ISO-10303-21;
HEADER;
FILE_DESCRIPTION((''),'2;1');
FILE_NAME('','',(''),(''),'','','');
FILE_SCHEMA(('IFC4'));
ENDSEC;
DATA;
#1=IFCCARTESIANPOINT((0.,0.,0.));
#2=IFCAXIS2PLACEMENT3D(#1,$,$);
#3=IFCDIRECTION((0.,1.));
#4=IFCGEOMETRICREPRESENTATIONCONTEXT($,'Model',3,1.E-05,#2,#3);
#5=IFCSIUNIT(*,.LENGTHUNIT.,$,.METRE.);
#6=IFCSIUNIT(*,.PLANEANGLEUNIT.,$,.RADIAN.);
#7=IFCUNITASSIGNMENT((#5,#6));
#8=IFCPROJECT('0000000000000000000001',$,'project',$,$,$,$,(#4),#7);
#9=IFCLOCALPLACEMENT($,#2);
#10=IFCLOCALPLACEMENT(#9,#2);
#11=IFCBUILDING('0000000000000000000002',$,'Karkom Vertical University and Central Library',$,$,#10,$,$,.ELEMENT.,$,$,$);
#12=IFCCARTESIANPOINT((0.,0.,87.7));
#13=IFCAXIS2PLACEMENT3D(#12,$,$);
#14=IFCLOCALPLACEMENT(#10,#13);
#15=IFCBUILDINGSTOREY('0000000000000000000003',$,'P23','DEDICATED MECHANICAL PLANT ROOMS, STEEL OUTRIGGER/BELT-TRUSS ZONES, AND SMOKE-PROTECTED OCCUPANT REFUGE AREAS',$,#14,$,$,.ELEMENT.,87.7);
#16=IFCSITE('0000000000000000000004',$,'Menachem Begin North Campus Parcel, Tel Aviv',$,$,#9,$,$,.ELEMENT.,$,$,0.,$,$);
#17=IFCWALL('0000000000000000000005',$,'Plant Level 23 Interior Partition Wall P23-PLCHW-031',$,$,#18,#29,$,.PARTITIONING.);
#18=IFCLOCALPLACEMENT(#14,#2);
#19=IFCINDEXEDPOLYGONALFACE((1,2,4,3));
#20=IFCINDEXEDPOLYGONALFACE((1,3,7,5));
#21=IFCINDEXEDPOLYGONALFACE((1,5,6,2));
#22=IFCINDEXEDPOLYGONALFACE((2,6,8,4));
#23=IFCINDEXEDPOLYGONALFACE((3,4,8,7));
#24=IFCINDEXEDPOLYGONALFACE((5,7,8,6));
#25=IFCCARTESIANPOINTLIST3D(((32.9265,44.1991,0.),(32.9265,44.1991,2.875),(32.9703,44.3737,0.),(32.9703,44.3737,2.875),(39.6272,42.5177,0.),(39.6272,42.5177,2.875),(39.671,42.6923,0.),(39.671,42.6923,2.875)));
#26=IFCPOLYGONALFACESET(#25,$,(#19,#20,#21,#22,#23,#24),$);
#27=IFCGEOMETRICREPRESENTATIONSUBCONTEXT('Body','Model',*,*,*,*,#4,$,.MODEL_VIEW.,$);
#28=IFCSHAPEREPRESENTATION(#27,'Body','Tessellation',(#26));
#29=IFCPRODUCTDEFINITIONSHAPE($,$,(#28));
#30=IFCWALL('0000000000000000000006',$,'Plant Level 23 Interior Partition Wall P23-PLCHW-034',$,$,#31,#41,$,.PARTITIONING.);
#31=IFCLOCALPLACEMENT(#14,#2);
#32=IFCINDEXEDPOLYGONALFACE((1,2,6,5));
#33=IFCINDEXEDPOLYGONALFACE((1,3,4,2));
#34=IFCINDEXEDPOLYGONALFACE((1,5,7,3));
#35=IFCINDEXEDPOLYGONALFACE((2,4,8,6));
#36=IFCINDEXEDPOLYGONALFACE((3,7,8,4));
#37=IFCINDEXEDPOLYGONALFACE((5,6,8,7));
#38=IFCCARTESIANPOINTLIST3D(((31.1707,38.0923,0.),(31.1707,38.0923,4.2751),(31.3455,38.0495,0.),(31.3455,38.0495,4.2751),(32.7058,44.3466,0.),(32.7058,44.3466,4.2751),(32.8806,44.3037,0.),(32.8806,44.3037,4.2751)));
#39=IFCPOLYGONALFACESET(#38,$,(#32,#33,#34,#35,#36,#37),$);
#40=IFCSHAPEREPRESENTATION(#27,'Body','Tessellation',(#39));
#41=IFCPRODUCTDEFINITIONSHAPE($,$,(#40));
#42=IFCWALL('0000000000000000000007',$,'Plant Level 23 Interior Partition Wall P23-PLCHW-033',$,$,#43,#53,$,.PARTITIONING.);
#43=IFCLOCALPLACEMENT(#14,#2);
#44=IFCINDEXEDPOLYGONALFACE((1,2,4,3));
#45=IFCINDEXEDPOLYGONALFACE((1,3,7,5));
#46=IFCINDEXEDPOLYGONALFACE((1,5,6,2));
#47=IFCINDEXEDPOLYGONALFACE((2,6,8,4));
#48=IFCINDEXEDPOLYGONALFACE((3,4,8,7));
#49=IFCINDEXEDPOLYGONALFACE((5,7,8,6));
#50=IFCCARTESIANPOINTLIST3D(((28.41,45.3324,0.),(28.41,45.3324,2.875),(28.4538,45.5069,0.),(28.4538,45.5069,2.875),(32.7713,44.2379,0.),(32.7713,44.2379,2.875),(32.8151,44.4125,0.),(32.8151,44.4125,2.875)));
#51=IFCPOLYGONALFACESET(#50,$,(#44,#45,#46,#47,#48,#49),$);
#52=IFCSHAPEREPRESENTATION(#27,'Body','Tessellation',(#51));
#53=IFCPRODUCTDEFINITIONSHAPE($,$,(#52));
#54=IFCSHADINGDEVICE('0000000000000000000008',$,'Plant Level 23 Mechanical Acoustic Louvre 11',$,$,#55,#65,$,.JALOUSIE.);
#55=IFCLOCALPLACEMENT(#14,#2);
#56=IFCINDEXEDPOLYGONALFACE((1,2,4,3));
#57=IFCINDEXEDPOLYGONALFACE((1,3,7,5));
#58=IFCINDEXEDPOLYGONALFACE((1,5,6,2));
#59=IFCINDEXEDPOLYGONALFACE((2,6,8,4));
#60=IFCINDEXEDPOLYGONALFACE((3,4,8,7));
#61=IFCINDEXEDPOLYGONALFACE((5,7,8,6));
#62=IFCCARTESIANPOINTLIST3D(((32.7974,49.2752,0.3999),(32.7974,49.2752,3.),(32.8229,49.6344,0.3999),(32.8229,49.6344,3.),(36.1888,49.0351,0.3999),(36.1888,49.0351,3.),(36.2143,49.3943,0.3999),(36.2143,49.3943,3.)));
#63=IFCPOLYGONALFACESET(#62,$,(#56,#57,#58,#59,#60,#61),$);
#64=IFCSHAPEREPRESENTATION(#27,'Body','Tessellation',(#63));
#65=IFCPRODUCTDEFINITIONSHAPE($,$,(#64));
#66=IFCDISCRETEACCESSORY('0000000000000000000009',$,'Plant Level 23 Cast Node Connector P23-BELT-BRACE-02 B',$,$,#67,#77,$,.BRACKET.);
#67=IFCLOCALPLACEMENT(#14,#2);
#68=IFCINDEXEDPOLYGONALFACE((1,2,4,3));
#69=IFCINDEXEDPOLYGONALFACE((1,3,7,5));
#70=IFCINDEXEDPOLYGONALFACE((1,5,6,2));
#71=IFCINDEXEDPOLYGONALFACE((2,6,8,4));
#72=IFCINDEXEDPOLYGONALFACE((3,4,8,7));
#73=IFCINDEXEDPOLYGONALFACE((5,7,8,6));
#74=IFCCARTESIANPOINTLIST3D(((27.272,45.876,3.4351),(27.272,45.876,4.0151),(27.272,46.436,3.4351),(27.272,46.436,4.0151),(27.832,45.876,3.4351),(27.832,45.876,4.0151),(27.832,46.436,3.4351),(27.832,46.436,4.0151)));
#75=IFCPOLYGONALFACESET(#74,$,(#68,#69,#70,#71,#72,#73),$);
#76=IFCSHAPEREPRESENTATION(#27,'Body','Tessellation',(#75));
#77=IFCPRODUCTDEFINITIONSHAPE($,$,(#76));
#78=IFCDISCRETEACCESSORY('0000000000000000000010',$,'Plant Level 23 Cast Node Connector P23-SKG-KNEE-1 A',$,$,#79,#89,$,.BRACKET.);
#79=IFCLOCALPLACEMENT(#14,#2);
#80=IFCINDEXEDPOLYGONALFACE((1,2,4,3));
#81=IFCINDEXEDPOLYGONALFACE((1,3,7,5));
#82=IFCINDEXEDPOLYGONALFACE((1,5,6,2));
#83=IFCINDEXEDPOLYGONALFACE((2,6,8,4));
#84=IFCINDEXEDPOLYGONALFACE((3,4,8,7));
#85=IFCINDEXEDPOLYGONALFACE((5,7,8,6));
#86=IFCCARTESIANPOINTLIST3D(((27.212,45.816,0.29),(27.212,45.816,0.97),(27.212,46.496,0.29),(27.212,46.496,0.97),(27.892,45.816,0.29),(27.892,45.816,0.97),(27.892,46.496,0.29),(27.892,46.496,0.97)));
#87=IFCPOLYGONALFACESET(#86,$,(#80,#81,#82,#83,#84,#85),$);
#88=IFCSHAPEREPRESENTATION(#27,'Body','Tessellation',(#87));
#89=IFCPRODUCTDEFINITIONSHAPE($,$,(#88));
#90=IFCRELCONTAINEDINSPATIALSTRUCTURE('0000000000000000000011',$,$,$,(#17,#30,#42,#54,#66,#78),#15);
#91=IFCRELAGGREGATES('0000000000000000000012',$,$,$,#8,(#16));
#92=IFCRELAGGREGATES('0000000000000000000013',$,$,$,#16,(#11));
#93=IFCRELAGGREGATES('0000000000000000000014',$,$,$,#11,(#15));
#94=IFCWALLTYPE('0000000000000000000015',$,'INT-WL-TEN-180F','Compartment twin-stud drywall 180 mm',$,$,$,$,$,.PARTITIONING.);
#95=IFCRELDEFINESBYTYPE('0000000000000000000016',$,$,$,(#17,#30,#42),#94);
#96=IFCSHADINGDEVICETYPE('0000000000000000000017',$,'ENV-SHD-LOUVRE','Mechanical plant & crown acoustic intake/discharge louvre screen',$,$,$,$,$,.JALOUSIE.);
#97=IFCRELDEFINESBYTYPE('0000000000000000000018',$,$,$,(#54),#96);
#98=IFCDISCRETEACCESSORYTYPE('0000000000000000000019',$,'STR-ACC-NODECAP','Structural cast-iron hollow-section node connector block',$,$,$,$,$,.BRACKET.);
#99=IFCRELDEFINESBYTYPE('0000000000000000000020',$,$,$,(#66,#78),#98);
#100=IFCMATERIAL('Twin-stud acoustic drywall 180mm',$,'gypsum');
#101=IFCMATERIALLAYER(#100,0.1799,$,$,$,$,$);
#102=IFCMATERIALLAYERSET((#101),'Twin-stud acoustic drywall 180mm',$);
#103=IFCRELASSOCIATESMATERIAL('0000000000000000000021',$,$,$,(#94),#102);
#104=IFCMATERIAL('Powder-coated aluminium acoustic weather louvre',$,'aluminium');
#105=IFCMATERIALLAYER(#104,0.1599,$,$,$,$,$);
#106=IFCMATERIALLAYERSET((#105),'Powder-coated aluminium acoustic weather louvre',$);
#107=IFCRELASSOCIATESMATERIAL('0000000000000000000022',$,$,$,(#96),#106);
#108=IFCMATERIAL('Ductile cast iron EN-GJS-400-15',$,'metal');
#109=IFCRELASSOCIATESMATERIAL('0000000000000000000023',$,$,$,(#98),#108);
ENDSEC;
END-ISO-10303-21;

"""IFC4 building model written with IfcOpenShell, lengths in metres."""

from ifc_helpers import new_model, si_unit, direction, frame, frame_2d, origin, origin_with_axes, origin_2d, place, context, subcontext, project, spatial, rectangle, extrude, source, transform, mapped, material, layer, layer_set, type_object, element, save


model = new_model("IFC4")

# Units and contexts
model_context = context("Model", 3, precision=1e-05, world=origin(), true_north=direction((0.0, 1.0)))
body_context = subcontext(model_context, "Body", "Model", "MODEL_VIEW")
ifc_project = project(units=[si_unit("LENGTHUNIT", "METRE"), si_unit("PLANEANGLEUNIT", "RADIAN")], contexts=[model_context])

# Site, building, storey
site_placement = place(None, origin())
site = spatial("IfcSite", under=ifc_project, at=site_placement, Name="Menachem Begin North Campus Parcel, Tel Aviv", CompositionType="ELEMENT", RefElevation=0.0)
building_placement = place(site_placement, origin())
building = spatial("IfcBuilding", under=site, at=building_placement, Name="Karkom Vertical University and Central Library", CompositionType="ELEMENT")
storey_placement = place(building_placement, frame((0.0, 0.0, 87.7)))
storey = spatial("IfcBuildingStorey", under=building, at=storey_placement, Name="P23", Description="DEDICATED MECHANICAL PLANT ROOMS, STEEL OUTRIGGER/BELT-TRUSS ZONES, AND SMOKE-PROTECTED OCCUPANT REFUGE AREAS", CompositionType="ELEMENT", Elevation=87.7)

# Walls
ifc_material_1 = material(Name="Twin-stud acoustic drywall 180mm", Category="gypsum")
ifc_layer_1 = layer(ifc_material_1, 0.1799)
ifc_layer_set_1 = layer_set([ifc_layer_1], Name="Twin-stud acoustic drywall 180mm")
wall_type_1 = type_object("IfcWallType", Name="INT-WL-TEN-180F", Description="Compartment twin-stud drywall 180 mm", PredefinedType="PARTITIONING", material=ifc_layer_set_1)
wall_1_placement = place(storey_placement, frame((32.9485, 44.2864, 0.0), z_axis=(0.0, 0.0, 1.0), x_axis=(0.96993, -0.243384, 0.0)))
element("IfcWall", 1, at=wall_1_placement, inside=storey, type_object=wall_type_1, Name="Plant Level 23 Interior Partition Wall P23-PLCHW-031", PredefinedType="PARTITIONING", context=body_context, shape_type="SweptSolid", body=[
    extrude(rectangle(XDim=6.9084, YDim=0.1799, at=frame_2d((3.4541, 0.0))), origin(), (0.0, 0.0, 1.0), 2.875),
])
wall_2_placement = place(storey_placement, frame((32.7932, 44.3252, 0.0), z_axis=(0.0, 0.0, 1.0), x_axis=(-0.238377, -0.971173, 0.0)))
element("IfcWall", 2, at=wall_2_placement, inside=storey, type_object=wall_type_1, Name="Plant Level 23 Interior Partition Wall P23-PLCHW-034", PredefinedType="PARTITIONING", context=body_context, shape_type="SweptSolid", body=[
    extrude(rectangle(XDim=6.4399, YDim=0.1799, at=frame_2d((3.22, 0.0))), origin(), (0.0, 0.0, 1.0), 4.2751),
])
wall_3_placement = place(storey_placement, frame((28.4319, 45.4197, 0.0), z_axis=(0.0, 0.0, 1.0), x_axis=(0.969925, -0.243404, 0.0)))
element("IfcWall", 3, at=wall_3_placement, inside=storey, type_object=wall_type_1, Name="Plant Level 23 Interior Partition Wall P23-PLCHW-033", PredefinedType="PARTITIONING", context=body_context, shape_type="SweptSolid", body=[
    extrude(rectangle(XDim=4.4966, YDim=0.1799, at=frame_2d((2.2483, 0.0))), origin(), (0.0, 0.0, 1.0), 2.875),
])

# Shading device
ifc_material_2 = material(Name="Powder-coated aluminium acoustic weather louvre", Category="aluminium")
ifc_layer_2 = layer(ifc_material_2, 0.1599)
ifc_layer_set_2 = layer_set([ifc_layer_2], Name="Powder-coated aluminium acoustic weather louvre")
shading_device_type = type_object("IfcShadingDeviceType", Name="ENV-SHD-LOUVRE", Description="Mechanical plant & crown acoustic intake/discharge louvre screen", PredefinedType="JALOUSIE", material=ifc_layer_set_2)
shared_shape_1 = source(origin_with_axes(), body_context, "Body", "SweptSolid", [
    extrude(rectangle(XDim=3.3999, YDim=0.3601, at=origin_2d()), origin(), (0.0, 0.0, 1.0), 2.6001),
])
shading_device_placement = place(storey_placement, frame((34.5059, 49.3347, 0.3999), z_axis=(0.0, 0.0, 1.0), x_axis=(-0.997503, 0.070627, 0.0)))
element("IfcShadingDevice", 4, at=shading_device_placement, inside=storey, type_object=shading_device_type, Name="Plant Level 23 Mechanical Acoustic Louvre 11", PredefinedType="JALOUSIE", context=body_context, shape_type="MappedRepresentation", body=[
    mapped(shared_shape_1, transform((0.0, 0.0, 0.0), scale=1.0)),
])

# Discrete accessories
ifc_material_3 = material(Name="Ductile cast iron EN-GJS-400-15", Category="metal")
discrete_accessory_type = type_object("IfcDiscreteAccessoryType", Name="STR-ACC-NODECAP", Description="Structural cast-iron hollow-section node connector block", PredefinedType="BRACKET", material=ifc_material_3)
shared_shape_2 = source(origin_with_axes(), body_context, "Body", "SweptSolid", [
    extrude(rectangle(XDim=0.5601, YDim=0.5601, at=origin_2d()), origin(), (0.0, 0.0, 1.0), 0.5801),
])
discrete_accessory_1_placement = place(storey_placement, frame((27.552, 46.156, 3.4351), z_axis=(0.0, 0.0, 1.0), x_axis=(1.0, 0.0, 0.0)))
element("IfcDiscreteAccessory", 5, at=discrete_accessory_1_placement, inside=storey, type_object=discrete_accessory_type, Name="Plant Level 23 Cast Node Connector P23-BELT-BRACE-02 B", PredefinedType="BRACKET", context=body_context, shape_type="MappedRepresentation", body=[
    mapped(shared_shape_2, transform((0.0, 0.0, 0.0), scale=1.0)),
])
shared_shape_3 = source(origin_with_axes(), body_context, "Body", "SweptSolid", [
    extrude(rectangle(XDim=0.6799, YDim=0.6799, at=origin_2d()), origin(), (0.0, 0.0, 1.0), 0.6799),
])
discrete_accessory_2_placement = place(storey_placement, frame((27.552, 46.156, 0.29), z_axis=(0.0, 0.0, 1.0), x_axis=(1.0, 0.0, 0.0)))
element("IfcDiscreteAccessory", 6, at=discrete_accessory_2_placement, inside=storey, type_object=discrete_accessory_type, Name="Plant Level 23 Cast Node Connector P23-SKG-KNEE-1 A", PredefinedType="BRACKET", context=body_context, shape_type="MappedRepresentation", body=[
    mapped(shared_shape_3, transform((0.0, 0.0, 0.0), scale=1.0)),
])

save(model, "model.ifc")
